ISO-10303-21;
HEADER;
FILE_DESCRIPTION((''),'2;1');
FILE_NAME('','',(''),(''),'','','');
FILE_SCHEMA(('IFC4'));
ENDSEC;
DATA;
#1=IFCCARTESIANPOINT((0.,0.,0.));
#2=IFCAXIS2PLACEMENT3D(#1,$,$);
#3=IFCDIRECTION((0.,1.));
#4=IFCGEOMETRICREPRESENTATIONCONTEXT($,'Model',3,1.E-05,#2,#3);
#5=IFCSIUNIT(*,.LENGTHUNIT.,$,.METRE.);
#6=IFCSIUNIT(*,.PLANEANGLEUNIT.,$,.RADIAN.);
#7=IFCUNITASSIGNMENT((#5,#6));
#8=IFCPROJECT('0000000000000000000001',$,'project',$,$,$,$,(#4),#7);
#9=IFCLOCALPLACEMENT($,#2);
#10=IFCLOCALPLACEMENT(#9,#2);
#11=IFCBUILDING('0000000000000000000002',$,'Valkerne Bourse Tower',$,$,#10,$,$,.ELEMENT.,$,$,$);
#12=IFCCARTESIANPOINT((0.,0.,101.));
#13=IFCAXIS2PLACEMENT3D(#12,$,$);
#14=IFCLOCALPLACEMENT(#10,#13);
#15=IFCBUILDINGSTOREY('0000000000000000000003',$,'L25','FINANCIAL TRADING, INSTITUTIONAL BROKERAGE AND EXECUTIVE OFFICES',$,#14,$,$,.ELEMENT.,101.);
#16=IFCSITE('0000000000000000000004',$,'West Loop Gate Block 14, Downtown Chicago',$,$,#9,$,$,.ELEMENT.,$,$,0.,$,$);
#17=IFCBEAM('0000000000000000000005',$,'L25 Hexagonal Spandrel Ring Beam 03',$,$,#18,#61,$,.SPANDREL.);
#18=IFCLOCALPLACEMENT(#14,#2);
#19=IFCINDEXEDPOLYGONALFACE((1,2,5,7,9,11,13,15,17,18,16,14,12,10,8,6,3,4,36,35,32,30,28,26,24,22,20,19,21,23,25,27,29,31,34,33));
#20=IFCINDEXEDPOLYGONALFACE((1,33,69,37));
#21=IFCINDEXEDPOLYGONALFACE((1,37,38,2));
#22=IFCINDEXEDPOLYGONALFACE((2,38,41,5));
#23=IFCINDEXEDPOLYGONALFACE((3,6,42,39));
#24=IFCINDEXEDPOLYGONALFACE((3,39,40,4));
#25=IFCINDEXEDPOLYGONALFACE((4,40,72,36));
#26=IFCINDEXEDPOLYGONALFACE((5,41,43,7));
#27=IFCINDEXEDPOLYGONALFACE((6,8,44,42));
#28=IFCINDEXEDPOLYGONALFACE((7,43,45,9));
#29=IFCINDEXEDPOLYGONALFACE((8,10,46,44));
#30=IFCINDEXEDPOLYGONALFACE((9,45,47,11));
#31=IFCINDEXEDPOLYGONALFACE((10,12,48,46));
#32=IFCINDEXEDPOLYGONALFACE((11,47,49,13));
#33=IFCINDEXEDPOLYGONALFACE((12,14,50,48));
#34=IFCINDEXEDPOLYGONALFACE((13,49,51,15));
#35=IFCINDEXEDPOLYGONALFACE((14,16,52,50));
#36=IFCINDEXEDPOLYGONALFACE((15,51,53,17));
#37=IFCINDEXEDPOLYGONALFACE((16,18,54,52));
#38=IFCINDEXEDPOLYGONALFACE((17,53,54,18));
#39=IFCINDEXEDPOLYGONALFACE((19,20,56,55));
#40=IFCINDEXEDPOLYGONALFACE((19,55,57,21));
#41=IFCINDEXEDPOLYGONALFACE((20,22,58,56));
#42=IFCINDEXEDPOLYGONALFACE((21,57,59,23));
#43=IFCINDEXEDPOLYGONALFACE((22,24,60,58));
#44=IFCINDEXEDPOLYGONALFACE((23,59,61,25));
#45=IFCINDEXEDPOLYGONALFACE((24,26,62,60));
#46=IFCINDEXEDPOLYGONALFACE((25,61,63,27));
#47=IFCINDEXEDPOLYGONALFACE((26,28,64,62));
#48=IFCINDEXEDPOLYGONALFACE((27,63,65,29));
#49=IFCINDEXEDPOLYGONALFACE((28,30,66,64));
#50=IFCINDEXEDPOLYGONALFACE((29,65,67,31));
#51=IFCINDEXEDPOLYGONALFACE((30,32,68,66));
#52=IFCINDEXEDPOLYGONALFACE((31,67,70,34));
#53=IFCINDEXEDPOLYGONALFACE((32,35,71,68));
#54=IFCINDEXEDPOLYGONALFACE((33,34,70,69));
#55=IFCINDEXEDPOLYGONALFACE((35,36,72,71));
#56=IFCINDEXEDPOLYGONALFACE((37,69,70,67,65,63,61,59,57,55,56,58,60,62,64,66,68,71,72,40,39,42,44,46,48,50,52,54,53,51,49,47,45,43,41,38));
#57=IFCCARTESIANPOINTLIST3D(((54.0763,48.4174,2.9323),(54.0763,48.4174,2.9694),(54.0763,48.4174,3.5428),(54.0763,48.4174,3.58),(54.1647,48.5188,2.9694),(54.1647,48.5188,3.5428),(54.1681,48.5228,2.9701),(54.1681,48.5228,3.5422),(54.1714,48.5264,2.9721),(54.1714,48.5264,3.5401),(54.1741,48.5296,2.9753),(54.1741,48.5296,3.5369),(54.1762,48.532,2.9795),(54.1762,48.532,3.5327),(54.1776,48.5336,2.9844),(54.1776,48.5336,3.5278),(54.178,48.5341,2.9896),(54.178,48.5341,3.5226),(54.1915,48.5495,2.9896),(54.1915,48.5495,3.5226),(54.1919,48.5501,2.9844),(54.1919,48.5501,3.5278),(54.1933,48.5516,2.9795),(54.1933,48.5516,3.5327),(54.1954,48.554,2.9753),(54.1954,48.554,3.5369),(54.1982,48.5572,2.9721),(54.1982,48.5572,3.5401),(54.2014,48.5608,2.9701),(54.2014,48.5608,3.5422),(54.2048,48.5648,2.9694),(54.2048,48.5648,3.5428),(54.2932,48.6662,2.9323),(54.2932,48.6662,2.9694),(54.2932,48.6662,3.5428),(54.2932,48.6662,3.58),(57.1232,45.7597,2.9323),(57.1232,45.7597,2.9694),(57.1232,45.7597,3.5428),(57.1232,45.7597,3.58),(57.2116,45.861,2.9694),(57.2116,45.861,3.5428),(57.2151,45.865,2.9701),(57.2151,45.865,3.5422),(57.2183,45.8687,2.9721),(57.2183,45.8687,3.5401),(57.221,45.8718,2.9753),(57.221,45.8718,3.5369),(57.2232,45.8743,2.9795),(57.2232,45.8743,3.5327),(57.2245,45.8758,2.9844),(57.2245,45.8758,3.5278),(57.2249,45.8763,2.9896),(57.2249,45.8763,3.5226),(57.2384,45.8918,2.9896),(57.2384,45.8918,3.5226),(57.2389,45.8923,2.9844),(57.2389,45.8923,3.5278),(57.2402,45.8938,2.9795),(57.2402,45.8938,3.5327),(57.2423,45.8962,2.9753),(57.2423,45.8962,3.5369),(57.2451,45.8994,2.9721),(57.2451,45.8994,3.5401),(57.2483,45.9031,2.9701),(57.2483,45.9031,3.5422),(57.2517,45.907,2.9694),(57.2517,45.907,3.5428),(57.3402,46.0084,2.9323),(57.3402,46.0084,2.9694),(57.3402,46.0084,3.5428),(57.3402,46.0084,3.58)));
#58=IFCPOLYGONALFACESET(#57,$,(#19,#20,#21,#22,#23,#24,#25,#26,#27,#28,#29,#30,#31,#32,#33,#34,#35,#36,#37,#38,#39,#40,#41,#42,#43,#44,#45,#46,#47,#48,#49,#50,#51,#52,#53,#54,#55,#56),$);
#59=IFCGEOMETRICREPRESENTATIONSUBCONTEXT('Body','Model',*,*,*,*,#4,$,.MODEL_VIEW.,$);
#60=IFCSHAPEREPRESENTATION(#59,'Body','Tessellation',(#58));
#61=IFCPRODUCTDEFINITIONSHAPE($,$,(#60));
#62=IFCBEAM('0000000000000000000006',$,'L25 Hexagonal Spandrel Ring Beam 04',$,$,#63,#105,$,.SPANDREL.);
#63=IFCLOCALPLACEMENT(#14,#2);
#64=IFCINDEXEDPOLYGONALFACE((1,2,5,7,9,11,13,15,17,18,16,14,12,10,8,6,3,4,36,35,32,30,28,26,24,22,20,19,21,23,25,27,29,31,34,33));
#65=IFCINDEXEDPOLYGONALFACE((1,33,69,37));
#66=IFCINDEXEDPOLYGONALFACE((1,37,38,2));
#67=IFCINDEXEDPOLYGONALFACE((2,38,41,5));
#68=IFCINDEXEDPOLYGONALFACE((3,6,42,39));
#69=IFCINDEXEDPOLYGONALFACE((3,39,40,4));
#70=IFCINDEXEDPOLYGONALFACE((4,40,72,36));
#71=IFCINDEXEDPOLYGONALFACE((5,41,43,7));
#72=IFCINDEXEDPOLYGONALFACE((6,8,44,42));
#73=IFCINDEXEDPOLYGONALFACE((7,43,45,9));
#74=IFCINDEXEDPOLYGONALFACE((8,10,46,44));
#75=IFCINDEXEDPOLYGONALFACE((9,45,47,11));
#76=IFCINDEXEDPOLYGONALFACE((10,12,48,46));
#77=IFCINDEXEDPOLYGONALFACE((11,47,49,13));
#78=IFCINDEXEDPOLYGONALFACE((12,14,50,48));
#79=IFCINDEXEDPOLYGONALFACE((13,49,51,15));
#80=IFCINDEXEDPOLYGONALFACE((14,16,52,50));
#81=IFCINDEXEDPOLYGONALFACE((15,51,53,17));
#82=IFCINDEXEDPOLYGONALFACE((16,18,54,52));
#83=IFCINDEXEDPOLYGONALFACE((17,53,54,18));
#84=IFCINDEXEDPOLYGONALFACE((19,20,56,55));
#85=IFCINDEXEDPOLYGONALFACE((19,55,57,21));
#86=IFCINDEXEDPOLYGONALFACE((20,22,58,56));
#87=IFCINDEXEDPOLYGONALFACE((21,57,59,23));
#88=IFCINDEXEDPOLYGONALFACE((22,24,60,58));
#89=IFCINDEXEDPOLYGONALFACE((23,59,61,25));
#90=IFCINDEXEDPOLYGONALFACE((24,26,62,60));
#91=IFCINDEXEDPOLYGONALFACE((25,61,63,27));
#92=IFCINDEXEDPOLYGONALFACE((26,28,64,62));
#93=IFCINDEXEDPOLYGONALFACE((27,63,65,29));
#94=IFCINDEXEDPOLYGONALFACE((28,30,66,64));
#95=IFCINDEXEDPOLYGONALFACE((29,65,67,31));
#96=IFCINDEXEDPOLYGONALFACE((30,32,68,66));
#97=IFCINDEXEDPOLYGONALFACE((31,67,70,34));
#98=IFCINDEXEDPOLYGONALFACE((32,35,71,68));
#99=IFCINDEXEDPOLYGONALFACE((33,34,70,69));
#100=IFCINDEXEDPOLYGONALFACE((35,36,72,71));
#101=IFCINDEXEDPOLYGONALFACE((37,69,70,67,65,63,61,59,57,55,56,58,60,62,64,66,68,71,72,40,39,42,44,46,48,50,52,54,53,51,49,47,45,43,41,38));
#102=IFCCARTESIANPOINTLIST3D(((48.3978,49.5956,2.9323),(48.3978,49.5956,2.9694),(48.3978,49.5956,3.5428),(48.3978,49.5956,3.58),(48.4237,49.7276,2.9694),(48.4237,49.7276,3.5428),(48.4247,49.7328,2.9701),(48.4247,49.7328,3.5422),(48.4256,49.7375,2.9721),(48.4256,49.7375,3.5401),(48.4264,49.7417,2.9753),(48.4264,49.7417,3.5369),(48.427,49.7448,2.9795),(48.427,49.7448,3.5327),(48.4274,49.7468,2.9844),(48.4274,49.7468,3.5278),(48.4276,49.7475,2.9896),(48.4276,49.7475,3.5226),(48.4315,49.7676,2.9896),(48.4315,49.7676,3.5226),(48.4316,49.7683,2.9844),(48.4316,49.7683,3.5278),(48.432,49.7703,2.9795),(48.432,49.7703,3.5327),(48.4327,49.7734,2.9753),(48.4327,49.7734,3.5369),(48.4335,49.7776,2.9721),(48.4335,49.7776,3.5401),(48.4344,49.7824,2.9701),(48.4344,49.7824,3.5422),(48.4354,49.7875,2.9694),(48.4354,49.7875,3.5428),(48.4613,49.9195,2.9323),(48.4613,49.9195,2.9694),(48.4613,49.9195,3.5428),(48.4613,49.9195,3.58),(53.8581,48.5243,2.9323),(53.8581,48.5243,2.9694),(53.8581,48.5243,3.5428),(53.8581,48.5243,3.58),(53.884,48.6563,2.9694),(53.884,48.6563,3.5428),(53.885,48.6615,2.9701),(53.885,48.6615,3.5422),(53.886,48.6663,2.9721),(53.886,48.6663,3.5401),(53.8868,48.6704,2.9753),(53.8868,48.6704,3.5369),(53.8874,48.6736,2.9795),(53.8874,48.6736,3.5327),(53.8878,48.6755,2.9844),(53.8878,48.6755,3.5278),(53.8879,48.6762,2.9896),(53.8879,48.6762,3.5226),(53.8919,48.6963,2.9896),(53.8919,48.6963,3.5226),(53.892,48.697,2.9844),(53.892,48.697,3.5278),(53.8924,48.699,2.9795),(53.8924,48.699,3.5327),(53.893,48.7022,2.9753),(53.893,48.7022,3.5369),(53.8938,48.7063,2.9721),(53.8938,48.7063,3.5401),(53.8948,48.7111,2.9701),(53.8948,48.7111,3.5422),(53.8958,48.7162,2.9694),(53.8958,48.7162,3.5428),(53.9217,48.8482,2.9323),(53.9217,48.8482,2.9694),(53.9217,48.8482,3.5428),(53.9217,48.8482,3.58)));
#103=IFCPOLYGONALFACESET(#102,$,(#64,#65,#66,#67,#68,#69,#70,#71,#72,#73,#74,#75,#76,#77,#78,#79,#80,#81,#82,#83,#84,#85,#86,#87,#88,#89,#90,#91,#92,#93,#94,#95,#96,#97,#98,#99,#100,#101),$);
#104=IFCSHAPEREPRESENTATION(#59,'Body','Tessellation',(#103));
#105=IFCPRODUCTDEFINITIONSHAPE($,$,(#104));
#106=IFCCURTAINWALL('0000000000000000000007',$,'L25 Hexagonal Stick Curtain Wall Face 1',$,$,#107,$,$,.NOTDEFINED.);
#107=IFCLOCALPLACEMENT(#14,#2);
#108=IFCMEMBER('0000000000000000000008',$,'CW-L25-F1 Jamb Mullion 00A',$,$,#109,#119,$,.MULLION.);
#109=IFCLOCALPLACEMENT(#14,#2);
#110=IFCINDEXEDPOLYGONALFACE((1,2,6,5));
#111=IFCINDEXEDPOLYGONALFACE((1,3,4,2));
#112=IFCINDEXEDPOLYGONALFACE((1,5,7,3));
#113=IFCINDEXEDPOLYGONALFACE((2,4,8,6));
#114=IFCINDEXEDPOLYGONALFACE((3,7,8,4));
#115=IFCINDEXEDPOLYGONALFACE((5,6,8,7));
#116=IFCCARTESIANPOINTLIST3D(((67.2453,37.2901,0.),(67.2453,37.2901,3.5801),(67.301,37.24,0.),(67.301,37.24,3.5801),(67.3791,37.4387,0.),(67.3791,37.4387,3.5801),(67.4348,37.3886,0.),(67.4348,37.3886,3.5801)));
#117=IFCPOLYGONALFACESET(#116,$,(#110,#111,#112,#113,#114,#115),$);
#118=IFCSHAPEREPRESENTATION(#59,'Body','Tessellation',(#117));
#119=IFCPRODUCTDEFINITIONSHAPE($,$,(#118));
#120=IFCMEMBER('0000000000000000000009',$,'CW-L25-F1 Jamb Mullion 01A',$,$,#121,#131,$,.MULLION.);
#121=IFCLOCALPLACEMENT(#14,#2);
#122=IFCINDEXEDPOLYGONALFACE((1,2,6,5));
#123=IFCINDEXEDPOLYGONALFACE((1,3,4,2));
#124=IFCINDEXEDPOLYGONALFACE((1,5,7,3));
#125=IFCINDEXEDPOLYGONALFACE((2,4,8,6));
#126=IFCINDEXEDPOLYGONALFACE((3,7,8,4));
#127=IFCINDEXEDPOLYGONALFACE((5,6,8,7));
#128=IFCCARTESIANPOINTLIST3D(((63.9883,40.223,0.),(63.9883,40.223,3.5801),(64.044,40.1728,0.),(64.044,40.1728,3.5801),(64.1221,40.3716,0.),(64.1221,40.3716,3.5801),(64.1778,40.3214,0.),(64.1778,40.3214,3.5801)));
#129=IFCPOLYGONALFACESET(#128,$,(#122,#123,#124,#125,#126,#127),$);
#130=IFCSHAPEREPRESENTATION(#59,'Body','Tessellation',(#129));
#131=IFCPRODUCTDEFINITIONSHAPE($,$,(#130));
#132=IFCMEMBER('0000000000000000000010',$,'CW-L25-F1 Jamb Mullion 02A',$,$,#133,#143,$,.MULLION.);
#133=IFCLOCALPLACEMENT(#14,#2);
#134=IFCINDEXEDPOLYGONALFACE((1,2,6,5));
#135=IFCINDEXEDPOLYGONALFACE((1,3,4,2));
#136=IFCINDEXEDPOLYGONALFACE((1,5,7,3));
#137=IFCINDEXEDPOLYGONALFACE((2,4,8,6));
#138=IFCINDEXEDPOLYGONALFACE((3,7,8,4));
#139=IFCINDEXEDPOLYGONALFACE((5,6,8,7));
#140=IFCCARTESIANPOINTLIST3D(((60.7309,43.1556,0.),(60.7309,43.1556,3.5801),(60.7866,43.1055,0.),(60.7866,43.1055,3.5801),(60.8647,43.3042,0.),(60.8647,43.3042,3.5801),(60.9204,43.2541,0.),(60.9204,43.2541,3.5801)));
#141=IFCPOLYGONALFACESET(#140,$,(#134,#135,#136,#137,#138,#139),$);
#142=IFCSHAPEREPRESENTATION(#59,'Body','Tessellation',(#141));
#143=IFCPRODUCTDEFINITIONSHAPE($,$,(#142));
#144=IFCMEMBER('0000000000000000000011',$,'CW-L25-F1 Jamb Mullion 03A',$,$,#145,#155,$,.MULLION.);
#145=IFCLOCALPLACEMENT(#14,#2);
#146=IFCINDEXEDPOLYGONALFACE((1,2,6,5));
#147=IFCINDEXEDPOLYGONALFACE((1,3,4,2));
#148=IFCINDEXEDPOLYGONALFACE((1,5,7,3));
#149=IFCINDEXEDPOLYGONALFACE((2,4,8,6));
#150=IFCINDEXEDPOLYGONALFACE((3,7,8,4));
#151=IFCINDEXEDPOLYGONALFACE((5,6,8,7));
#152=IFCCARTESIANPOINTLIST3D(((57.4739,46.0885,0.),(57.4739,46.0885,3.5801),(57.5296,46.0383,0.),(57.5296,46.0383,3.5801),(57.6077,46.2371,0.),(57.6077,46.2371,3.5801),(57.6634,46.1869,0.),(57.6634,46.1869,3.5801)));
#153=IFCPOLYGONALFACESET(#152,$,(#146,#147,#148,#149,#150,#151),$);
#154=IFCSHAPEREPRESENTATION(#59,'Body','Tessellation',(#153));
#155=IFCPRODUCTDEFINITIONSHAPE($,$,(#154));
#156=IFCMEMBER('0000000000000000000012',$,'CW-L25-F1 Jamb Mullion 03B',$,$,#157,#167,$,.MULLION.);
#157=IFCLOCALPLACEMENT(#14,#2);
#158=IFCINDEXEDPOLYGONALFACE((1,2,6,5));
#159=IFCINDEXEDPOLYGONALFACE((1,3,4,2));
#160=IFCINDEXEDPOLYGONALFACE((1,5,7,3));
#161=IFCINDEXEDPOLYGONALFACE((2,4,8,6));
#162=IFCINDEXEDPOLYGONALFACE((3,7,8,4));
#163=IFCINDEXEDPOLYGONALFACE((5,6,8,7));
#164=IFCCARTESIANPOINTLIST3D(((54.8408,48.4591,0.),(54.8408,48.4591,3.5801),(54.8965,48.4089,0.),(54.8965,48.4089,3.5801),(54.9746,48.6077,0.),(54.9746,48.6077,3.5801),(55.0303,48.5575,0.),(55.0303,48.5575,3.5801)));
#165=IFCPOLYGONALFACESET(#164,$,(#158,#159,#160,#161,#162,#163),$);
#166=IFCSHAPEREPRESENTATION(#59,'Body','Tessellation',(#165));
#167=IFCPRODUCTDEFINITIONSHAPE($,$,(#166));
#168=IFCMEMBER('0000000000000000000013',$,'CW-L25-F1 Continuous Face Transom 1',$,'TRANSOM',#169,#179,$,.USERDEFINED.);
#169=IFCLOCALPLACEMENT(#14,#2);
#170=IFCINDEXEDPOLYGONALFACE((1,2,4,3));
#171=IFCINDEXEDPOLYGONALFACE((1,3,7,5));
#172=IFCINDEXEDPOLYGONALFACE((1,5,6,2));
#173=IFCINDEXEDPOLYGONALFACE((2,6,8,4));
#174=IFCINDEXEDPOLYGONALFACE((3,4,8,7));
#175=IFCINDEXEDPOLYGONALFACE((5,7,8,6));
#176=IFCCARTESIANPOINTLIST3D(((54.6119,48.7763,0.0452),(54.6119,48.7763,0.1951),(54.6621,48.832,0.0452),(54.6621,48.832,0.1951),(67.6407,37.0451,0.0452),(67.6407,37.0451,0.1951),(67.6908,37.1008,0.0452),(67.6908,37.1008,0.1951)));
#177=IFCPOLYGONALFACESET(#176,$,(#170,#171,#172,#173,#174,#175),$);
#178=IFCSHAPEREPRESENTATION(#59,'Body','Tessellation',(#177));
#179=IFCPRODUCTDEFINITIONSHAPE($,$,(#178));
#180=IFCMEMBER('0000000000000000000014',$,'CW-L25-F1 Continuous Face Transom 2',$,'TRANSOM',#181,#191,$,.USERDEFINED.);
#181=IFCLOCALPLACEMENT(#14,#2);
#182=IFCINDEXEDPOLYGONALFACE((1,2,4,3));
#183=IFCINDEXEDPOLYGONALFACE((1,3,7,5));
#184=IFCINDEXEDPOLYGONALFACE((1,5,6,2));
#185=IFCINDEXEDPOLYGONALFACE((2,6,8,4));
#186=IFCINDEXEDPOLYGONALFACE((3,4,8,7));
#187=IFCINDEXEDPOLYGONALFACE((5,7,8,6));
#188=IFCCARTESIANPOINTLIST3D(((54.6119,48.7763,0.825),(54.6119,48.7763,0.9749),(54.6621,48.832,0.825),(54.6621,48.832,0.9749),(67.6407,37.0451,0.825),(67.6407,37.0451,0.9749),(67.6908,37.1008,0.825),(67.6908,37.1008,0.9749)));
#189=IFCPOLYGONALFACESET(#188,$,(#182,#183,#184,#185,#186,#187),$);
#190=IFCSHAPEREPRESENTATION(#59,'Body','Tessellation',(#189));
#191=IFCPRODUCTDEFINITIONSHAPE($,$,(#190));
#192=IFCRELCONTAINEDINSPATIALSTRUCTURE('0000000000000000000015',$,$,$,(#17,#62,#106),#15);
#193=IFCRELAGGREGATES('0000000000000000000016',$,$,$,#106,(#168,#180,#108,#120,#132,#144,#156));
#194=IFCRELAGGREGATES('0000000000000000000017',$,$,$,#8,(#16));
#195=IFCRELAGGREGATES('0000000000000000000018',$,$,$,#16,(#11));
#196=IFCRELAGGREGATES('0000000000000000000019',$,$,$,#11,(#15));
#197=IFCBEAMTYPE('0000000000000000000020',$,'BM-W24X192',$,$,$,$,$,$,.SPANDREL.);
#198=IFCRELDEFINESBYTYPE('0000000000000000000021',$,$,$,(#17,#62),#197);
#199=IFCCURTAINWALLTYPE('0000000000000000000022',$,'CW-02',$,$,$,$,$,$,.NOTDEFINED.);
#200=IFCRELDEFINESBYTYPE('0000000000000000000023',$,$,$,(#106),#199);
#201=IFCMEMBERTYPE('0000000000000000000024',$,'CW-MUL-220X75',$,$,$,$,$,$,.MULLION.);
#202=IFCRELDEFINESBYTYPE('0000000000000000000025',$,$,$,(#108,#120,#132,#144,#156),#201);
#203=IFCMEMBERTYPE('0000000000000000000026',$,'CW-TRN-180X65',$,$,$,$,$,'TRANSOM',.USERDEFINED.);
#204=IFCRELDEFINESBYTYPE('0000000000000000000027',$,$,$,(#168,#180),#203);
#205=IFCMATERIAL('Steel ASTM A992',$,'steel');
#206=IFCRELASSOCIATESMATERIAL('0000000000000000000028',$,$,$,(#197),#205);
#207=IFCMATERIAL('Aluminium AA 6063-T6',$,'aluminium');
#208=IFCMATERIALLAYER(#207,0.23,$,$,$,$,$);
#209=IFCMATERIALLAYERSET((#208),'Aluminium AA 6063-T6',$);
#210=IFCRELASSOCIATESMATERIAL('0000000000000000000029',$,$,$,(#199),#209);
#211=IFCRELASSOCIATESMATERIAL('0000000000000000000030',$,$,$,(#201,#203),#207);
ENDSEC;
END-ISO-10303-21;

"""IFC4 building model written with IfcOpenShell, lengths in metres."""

from ifc_helpers import new_model, si_unit, direction, frame, origin, origin_2d, place, context, subcontext, project, spatial, rectangle, i_section, extrude, material, layer, layer_set, material_profile, profile_set, type_object, element, aggregate, save


model = new_model("IFC4")

# Units and contexts
model_context = context("Model", 3, precision=1e-05, world=origin(), true_north=direction((0.0, 1.0)))
body_context = subcontext(model_context, "Body", "Model", "MODEL_VIEW")
ifc_project = project(units=[si_unit("LENGTHUNIT", "METRE"), si_unit("PLANEANGLEUNIT", "RADIAN")], contexts=[model_context])

# Site, building, storey
site_placement = place(None, origin())
site = spatial("IfcSite", under=ifc_project, at=site_placement, Name="West Loop Gate Block 14, Downtown Chicago", CompositionType="ELEMENT", RefElevation=0.0)
building_placement = place(site_placement, origin())
building = spatial("IfcBuilding", under=site, at=building_placement, Name="Valkerne Bourse Tower", CompositionType="ELEMENT")
storey_placement = place(building_placement, frame((0.0, 0.0, 101.0)))
storey = spatial("IfcBuildingStorey", under=building, at=storey_placement, Name="L25", Description="FINANCIAL TRADING, INSTITUTIONAL BROKERAGE AND EXECUTIVE OFFICES", CompositionType="ELEMENT", Elevation=101.0)

# Beams
ifc_material_1 = material(Name="Steel ASTM A992", Category="steel")
ifc_material_profile_1 = material_profile(ifc_material_1, i_section(OverallWidth=0.3301, OverallDepth=0.6477, WebThickness=0.0205, FlangeThickness=0.0371, FilletRadius=0.0203, at=origin_2d()), Name="W24X192")
ifc_profile_set_1 = profile_set([ifc_material_profile_1], Name="Steel ASTM A992")
beam_type = type_object("IfcBeamType", Name="BM-W24X192", PredefinedType="SPANDREL", material=ifc_profile_set_1)
beam_1_placement = place(storey_placement, frame((57.2317, 45.884, 3.2561), z_axis=(-0.753593, 0.657341, 0.0), x_axis=(-0.657341, -0.753593, 0.0)))
element("IfcBeam", 1, at=beam_1_placement, inside=storey, type_object=beam_type, Name="L25 Hexagonal Spandrel Ring Beam 03", PredefinedType="SPANDREL", context=body_context, shape_type="SweptSolid", body=[
    extrude(i_section(OverallWidth=0.3301, OverallDepth=0.6477, WebThickness=0.0205, FlangeThickness=0.0371, FilletRadius=0.0203, at=origin_2d()), origin(), (0.0, 0.0, 1.0), 4.0432),
])
beam_2_placement = place(storey_placement, frame((53.8899, 48.6863, 3.2561), z_axis=(-0.981293, 0.19252, 0.0), x_axis=(-0.19252, -0.981293, 0.0)))
element("IfcBeam", 2, at=beam_2_placement, inside=storey, type_object=beam_type, Name="L25 Hexagonal Spandrel Ring Beam 04", PredefinedType="SPANDREL", context=body_context, shape_type="SweptSolid", body=[
    extrude(i_section(OverallWidth=0.3301, OverallDepth=0.6477, WebThickness=0.0205, FlangeThickness=0.0371, FilletRadius=0.0203, at=origin_2d()), origin(), (0.0, 0.0, 1.0), 5.5645),
])

# Curtain wall, members
ifc_material_2 = material(Name="Aluminium AA 6063-T6", Category="aluminium")
ifc_layer_1 = layer(ifc_material_2, 0.23)
ifc_layer_set_1 = layer_set([ifc_layer_1], Name="Aluminium AA 6063-T6")
curtain_wall_type = type_object("IfcCurtainWallType", Name="CW-02", PredefinedType="NOTDEFINED", material=ifc_layer_set_1)
curtain_wall_placement = place(storey_placement, origin())
curtain_wall = element("IfcCurtainWall", 3, at=curtain_wall_placement, inside=storey, type_object=curtain_wall_type, Name="L25 Hexagonal Stick Curtain Wall Face 1", PredefinedType="NOTDEFINED")
ifc_material_profile_2 = material_profile(ifc_material_2, rectangle(XDim=0.075, YDim=0.2, at=origin_2d()), Name="CWM-75X200")
ifc_profile_set_2 = profile_set([ifc_material_profile_2], Name="Aluminium AA 6063-T6")
member_type_1 = type_object("IfcMemberType", Name="CW-MUL-220X75", PredefinedType="MULLION", material=ifc_profile_set_2)
member_1_placement = place(storey_placement, frame((67.3401, 37.3394, 0.0), z_axis=(0.0, 0.0, 1.0), x_axis=(-0.743144, 0.669131, 0.0)))
member_1 = element("IfcMember", 4, at=member_1_placement, type_object=member_type_1, Name="CW-L25-F1 Jamb Mullion 00A", PredefinedType="MULLION", context=body_context, shape_type="SweptSolid", body=[
    extrude(rectangle(XDim=0.075, YDim=0.2, at=origin_2d()), origin(), (0.0, 0.0, 1.0), 3.5801),
])
member_2_placement = place(storey_placement, frame((64.083, 40.2722, 0.0), z_axis=(0.0, 0.0, 1.0), x_axis=(-0.743144, 0.669131, 0.0)))
member_2 = element("IfcMember", 5, at=member_2_placement, type_object=member_type_1, Name="CW-L25-F1 Jamb Mullion 01A", PredefinedType="MULLION", context=body_context, shape_type="SweptSolid", body=[
    extrude(rectangle(XDim=0.075, YDim=0.2, at=origin_2d()), origin(), (0.0, 0.0, 1.0), 3.5801),
])
member_3_placement = place(storey_placement, frame((60.8257, 43.2048, 0.0), z_axis=(0.0, 0.0, 1.0), x_axis=(-0.743144, 0.669131, 0.0)))
member_3 = element("IfcMember", 6, at=member_3_placement, type_object=member_type_1, Name="CW-L25-F1 Jamb Mullion 02A", PredefinedType="MULLION", context=body_context, shape_type="SweptSolid", body=[
    extrude(rectangle(XDim=0.075, YDim=0.2, at=origin_2d()), origin(), (0.0, 0.0, 1.0), 3.5801),
])
member_4_placement = place(storey_placement, frame((57.5686, 46.1377, 0.0), z_axis=(0.0, 0.0, 1.0), x_axis=(-0.743144, 0.669131, 0.0)))
member_4 = element("IfcMember", 7, at=member_4_placement, type_object=member_type_1, Name="CW-L25-F1 Jamb Mullion 03A", PredefinedType="MULLION", context=body_context, shape_type="SweptSolid", body=[
    extrude(rectangle(XDim=0.075, YDim=0.2, at=origin_2d()), origin(), (0.0, 0.0, 1.0), 3.5801),
])
member_5_placement = place(storey_placement, frame((54.9355, 48.5083, 0.0), z_axis=(0.0, 0.0, 1.0), x_axis=(-0.743144, 0.669131, 0.0)))
member_5 = element("IfcMember", 8, at=member_5_placement, type_object=member_type_1, Name="CW-L25-F1 Jamb Mullion 03B", PredefinedType="MULLION", context=body_context, shape_type="SweptSolid", body=[
    extrude(rectangle(XDim=0.075, YDim=0.2, at=origin_2d()), origin(), (0.0, 0.0, 1.0), 3.5801),
])
ifc_material_profile_3 = material_profile(ifc_material_2, rectangle(XDim=0.075, YDim=0.1499, at=origin_2d()), Name="CWT-75X150")
ifc_profile_set_3 = profile_set([ifc_material_profile_3], Name="Aluminium AA 6063-T6")
member_type_2 = type_object("IfcMemberType", Name="CW-TRN-180X65", ElementType="TRANSOM", PredefinedType="USERDEFINED", material=ifc_profile_set_3)
member_6_placement = place(storey_placement, frame((67.6658, 37.073, 0.1201), z_axis=(-0.743145, 0.669131, 0.0), x_axis=(-0.669131, -0.743145, 0.0)))
member_6 = element("IfcMember", 9, at=member_6_placement, type_object=member_type_2, Name="CW-L25-F1 Continuous Face Transom 1", ObjectType="TRANSOM", PredefinedType="USERDEFINED", context=body_context, shape_type="SweptSolid", body=[
    extrude(rectangle(XDim=0.075, YDim=0.1499, at=origin_2d()), origin(), (0.0, 0.0, 1.0), 17.532),
])
member_7_placement = place(storey_placement, frame((67.6658, 37.073, 0.8999), z_axis=(-0.743145, 0.669131, 0.0), x_axis=(-0.669131, -0.743145, 0.0)))
member_7 = element("IfcMember", 10, at=member_7_placement, type_object=member_type_2, Name="CW-L25-F1 Continuous Face Transom 2", ObjectType="TRANSOM", PredefinedType="USERDEFINED", context=body_context, shape_type="SweptSolid", body=[
    extrude(rectangle(XDim=0.075, YDim=0.1499, at=origin_2d()), origin(), (0.0, 0.0, 1.0), 17.532),
])

aggregate(curtain_wall, [member_6, member_7, member_1, member_2, member_3, member_4, member_5])

save(model, "model.ifc")
